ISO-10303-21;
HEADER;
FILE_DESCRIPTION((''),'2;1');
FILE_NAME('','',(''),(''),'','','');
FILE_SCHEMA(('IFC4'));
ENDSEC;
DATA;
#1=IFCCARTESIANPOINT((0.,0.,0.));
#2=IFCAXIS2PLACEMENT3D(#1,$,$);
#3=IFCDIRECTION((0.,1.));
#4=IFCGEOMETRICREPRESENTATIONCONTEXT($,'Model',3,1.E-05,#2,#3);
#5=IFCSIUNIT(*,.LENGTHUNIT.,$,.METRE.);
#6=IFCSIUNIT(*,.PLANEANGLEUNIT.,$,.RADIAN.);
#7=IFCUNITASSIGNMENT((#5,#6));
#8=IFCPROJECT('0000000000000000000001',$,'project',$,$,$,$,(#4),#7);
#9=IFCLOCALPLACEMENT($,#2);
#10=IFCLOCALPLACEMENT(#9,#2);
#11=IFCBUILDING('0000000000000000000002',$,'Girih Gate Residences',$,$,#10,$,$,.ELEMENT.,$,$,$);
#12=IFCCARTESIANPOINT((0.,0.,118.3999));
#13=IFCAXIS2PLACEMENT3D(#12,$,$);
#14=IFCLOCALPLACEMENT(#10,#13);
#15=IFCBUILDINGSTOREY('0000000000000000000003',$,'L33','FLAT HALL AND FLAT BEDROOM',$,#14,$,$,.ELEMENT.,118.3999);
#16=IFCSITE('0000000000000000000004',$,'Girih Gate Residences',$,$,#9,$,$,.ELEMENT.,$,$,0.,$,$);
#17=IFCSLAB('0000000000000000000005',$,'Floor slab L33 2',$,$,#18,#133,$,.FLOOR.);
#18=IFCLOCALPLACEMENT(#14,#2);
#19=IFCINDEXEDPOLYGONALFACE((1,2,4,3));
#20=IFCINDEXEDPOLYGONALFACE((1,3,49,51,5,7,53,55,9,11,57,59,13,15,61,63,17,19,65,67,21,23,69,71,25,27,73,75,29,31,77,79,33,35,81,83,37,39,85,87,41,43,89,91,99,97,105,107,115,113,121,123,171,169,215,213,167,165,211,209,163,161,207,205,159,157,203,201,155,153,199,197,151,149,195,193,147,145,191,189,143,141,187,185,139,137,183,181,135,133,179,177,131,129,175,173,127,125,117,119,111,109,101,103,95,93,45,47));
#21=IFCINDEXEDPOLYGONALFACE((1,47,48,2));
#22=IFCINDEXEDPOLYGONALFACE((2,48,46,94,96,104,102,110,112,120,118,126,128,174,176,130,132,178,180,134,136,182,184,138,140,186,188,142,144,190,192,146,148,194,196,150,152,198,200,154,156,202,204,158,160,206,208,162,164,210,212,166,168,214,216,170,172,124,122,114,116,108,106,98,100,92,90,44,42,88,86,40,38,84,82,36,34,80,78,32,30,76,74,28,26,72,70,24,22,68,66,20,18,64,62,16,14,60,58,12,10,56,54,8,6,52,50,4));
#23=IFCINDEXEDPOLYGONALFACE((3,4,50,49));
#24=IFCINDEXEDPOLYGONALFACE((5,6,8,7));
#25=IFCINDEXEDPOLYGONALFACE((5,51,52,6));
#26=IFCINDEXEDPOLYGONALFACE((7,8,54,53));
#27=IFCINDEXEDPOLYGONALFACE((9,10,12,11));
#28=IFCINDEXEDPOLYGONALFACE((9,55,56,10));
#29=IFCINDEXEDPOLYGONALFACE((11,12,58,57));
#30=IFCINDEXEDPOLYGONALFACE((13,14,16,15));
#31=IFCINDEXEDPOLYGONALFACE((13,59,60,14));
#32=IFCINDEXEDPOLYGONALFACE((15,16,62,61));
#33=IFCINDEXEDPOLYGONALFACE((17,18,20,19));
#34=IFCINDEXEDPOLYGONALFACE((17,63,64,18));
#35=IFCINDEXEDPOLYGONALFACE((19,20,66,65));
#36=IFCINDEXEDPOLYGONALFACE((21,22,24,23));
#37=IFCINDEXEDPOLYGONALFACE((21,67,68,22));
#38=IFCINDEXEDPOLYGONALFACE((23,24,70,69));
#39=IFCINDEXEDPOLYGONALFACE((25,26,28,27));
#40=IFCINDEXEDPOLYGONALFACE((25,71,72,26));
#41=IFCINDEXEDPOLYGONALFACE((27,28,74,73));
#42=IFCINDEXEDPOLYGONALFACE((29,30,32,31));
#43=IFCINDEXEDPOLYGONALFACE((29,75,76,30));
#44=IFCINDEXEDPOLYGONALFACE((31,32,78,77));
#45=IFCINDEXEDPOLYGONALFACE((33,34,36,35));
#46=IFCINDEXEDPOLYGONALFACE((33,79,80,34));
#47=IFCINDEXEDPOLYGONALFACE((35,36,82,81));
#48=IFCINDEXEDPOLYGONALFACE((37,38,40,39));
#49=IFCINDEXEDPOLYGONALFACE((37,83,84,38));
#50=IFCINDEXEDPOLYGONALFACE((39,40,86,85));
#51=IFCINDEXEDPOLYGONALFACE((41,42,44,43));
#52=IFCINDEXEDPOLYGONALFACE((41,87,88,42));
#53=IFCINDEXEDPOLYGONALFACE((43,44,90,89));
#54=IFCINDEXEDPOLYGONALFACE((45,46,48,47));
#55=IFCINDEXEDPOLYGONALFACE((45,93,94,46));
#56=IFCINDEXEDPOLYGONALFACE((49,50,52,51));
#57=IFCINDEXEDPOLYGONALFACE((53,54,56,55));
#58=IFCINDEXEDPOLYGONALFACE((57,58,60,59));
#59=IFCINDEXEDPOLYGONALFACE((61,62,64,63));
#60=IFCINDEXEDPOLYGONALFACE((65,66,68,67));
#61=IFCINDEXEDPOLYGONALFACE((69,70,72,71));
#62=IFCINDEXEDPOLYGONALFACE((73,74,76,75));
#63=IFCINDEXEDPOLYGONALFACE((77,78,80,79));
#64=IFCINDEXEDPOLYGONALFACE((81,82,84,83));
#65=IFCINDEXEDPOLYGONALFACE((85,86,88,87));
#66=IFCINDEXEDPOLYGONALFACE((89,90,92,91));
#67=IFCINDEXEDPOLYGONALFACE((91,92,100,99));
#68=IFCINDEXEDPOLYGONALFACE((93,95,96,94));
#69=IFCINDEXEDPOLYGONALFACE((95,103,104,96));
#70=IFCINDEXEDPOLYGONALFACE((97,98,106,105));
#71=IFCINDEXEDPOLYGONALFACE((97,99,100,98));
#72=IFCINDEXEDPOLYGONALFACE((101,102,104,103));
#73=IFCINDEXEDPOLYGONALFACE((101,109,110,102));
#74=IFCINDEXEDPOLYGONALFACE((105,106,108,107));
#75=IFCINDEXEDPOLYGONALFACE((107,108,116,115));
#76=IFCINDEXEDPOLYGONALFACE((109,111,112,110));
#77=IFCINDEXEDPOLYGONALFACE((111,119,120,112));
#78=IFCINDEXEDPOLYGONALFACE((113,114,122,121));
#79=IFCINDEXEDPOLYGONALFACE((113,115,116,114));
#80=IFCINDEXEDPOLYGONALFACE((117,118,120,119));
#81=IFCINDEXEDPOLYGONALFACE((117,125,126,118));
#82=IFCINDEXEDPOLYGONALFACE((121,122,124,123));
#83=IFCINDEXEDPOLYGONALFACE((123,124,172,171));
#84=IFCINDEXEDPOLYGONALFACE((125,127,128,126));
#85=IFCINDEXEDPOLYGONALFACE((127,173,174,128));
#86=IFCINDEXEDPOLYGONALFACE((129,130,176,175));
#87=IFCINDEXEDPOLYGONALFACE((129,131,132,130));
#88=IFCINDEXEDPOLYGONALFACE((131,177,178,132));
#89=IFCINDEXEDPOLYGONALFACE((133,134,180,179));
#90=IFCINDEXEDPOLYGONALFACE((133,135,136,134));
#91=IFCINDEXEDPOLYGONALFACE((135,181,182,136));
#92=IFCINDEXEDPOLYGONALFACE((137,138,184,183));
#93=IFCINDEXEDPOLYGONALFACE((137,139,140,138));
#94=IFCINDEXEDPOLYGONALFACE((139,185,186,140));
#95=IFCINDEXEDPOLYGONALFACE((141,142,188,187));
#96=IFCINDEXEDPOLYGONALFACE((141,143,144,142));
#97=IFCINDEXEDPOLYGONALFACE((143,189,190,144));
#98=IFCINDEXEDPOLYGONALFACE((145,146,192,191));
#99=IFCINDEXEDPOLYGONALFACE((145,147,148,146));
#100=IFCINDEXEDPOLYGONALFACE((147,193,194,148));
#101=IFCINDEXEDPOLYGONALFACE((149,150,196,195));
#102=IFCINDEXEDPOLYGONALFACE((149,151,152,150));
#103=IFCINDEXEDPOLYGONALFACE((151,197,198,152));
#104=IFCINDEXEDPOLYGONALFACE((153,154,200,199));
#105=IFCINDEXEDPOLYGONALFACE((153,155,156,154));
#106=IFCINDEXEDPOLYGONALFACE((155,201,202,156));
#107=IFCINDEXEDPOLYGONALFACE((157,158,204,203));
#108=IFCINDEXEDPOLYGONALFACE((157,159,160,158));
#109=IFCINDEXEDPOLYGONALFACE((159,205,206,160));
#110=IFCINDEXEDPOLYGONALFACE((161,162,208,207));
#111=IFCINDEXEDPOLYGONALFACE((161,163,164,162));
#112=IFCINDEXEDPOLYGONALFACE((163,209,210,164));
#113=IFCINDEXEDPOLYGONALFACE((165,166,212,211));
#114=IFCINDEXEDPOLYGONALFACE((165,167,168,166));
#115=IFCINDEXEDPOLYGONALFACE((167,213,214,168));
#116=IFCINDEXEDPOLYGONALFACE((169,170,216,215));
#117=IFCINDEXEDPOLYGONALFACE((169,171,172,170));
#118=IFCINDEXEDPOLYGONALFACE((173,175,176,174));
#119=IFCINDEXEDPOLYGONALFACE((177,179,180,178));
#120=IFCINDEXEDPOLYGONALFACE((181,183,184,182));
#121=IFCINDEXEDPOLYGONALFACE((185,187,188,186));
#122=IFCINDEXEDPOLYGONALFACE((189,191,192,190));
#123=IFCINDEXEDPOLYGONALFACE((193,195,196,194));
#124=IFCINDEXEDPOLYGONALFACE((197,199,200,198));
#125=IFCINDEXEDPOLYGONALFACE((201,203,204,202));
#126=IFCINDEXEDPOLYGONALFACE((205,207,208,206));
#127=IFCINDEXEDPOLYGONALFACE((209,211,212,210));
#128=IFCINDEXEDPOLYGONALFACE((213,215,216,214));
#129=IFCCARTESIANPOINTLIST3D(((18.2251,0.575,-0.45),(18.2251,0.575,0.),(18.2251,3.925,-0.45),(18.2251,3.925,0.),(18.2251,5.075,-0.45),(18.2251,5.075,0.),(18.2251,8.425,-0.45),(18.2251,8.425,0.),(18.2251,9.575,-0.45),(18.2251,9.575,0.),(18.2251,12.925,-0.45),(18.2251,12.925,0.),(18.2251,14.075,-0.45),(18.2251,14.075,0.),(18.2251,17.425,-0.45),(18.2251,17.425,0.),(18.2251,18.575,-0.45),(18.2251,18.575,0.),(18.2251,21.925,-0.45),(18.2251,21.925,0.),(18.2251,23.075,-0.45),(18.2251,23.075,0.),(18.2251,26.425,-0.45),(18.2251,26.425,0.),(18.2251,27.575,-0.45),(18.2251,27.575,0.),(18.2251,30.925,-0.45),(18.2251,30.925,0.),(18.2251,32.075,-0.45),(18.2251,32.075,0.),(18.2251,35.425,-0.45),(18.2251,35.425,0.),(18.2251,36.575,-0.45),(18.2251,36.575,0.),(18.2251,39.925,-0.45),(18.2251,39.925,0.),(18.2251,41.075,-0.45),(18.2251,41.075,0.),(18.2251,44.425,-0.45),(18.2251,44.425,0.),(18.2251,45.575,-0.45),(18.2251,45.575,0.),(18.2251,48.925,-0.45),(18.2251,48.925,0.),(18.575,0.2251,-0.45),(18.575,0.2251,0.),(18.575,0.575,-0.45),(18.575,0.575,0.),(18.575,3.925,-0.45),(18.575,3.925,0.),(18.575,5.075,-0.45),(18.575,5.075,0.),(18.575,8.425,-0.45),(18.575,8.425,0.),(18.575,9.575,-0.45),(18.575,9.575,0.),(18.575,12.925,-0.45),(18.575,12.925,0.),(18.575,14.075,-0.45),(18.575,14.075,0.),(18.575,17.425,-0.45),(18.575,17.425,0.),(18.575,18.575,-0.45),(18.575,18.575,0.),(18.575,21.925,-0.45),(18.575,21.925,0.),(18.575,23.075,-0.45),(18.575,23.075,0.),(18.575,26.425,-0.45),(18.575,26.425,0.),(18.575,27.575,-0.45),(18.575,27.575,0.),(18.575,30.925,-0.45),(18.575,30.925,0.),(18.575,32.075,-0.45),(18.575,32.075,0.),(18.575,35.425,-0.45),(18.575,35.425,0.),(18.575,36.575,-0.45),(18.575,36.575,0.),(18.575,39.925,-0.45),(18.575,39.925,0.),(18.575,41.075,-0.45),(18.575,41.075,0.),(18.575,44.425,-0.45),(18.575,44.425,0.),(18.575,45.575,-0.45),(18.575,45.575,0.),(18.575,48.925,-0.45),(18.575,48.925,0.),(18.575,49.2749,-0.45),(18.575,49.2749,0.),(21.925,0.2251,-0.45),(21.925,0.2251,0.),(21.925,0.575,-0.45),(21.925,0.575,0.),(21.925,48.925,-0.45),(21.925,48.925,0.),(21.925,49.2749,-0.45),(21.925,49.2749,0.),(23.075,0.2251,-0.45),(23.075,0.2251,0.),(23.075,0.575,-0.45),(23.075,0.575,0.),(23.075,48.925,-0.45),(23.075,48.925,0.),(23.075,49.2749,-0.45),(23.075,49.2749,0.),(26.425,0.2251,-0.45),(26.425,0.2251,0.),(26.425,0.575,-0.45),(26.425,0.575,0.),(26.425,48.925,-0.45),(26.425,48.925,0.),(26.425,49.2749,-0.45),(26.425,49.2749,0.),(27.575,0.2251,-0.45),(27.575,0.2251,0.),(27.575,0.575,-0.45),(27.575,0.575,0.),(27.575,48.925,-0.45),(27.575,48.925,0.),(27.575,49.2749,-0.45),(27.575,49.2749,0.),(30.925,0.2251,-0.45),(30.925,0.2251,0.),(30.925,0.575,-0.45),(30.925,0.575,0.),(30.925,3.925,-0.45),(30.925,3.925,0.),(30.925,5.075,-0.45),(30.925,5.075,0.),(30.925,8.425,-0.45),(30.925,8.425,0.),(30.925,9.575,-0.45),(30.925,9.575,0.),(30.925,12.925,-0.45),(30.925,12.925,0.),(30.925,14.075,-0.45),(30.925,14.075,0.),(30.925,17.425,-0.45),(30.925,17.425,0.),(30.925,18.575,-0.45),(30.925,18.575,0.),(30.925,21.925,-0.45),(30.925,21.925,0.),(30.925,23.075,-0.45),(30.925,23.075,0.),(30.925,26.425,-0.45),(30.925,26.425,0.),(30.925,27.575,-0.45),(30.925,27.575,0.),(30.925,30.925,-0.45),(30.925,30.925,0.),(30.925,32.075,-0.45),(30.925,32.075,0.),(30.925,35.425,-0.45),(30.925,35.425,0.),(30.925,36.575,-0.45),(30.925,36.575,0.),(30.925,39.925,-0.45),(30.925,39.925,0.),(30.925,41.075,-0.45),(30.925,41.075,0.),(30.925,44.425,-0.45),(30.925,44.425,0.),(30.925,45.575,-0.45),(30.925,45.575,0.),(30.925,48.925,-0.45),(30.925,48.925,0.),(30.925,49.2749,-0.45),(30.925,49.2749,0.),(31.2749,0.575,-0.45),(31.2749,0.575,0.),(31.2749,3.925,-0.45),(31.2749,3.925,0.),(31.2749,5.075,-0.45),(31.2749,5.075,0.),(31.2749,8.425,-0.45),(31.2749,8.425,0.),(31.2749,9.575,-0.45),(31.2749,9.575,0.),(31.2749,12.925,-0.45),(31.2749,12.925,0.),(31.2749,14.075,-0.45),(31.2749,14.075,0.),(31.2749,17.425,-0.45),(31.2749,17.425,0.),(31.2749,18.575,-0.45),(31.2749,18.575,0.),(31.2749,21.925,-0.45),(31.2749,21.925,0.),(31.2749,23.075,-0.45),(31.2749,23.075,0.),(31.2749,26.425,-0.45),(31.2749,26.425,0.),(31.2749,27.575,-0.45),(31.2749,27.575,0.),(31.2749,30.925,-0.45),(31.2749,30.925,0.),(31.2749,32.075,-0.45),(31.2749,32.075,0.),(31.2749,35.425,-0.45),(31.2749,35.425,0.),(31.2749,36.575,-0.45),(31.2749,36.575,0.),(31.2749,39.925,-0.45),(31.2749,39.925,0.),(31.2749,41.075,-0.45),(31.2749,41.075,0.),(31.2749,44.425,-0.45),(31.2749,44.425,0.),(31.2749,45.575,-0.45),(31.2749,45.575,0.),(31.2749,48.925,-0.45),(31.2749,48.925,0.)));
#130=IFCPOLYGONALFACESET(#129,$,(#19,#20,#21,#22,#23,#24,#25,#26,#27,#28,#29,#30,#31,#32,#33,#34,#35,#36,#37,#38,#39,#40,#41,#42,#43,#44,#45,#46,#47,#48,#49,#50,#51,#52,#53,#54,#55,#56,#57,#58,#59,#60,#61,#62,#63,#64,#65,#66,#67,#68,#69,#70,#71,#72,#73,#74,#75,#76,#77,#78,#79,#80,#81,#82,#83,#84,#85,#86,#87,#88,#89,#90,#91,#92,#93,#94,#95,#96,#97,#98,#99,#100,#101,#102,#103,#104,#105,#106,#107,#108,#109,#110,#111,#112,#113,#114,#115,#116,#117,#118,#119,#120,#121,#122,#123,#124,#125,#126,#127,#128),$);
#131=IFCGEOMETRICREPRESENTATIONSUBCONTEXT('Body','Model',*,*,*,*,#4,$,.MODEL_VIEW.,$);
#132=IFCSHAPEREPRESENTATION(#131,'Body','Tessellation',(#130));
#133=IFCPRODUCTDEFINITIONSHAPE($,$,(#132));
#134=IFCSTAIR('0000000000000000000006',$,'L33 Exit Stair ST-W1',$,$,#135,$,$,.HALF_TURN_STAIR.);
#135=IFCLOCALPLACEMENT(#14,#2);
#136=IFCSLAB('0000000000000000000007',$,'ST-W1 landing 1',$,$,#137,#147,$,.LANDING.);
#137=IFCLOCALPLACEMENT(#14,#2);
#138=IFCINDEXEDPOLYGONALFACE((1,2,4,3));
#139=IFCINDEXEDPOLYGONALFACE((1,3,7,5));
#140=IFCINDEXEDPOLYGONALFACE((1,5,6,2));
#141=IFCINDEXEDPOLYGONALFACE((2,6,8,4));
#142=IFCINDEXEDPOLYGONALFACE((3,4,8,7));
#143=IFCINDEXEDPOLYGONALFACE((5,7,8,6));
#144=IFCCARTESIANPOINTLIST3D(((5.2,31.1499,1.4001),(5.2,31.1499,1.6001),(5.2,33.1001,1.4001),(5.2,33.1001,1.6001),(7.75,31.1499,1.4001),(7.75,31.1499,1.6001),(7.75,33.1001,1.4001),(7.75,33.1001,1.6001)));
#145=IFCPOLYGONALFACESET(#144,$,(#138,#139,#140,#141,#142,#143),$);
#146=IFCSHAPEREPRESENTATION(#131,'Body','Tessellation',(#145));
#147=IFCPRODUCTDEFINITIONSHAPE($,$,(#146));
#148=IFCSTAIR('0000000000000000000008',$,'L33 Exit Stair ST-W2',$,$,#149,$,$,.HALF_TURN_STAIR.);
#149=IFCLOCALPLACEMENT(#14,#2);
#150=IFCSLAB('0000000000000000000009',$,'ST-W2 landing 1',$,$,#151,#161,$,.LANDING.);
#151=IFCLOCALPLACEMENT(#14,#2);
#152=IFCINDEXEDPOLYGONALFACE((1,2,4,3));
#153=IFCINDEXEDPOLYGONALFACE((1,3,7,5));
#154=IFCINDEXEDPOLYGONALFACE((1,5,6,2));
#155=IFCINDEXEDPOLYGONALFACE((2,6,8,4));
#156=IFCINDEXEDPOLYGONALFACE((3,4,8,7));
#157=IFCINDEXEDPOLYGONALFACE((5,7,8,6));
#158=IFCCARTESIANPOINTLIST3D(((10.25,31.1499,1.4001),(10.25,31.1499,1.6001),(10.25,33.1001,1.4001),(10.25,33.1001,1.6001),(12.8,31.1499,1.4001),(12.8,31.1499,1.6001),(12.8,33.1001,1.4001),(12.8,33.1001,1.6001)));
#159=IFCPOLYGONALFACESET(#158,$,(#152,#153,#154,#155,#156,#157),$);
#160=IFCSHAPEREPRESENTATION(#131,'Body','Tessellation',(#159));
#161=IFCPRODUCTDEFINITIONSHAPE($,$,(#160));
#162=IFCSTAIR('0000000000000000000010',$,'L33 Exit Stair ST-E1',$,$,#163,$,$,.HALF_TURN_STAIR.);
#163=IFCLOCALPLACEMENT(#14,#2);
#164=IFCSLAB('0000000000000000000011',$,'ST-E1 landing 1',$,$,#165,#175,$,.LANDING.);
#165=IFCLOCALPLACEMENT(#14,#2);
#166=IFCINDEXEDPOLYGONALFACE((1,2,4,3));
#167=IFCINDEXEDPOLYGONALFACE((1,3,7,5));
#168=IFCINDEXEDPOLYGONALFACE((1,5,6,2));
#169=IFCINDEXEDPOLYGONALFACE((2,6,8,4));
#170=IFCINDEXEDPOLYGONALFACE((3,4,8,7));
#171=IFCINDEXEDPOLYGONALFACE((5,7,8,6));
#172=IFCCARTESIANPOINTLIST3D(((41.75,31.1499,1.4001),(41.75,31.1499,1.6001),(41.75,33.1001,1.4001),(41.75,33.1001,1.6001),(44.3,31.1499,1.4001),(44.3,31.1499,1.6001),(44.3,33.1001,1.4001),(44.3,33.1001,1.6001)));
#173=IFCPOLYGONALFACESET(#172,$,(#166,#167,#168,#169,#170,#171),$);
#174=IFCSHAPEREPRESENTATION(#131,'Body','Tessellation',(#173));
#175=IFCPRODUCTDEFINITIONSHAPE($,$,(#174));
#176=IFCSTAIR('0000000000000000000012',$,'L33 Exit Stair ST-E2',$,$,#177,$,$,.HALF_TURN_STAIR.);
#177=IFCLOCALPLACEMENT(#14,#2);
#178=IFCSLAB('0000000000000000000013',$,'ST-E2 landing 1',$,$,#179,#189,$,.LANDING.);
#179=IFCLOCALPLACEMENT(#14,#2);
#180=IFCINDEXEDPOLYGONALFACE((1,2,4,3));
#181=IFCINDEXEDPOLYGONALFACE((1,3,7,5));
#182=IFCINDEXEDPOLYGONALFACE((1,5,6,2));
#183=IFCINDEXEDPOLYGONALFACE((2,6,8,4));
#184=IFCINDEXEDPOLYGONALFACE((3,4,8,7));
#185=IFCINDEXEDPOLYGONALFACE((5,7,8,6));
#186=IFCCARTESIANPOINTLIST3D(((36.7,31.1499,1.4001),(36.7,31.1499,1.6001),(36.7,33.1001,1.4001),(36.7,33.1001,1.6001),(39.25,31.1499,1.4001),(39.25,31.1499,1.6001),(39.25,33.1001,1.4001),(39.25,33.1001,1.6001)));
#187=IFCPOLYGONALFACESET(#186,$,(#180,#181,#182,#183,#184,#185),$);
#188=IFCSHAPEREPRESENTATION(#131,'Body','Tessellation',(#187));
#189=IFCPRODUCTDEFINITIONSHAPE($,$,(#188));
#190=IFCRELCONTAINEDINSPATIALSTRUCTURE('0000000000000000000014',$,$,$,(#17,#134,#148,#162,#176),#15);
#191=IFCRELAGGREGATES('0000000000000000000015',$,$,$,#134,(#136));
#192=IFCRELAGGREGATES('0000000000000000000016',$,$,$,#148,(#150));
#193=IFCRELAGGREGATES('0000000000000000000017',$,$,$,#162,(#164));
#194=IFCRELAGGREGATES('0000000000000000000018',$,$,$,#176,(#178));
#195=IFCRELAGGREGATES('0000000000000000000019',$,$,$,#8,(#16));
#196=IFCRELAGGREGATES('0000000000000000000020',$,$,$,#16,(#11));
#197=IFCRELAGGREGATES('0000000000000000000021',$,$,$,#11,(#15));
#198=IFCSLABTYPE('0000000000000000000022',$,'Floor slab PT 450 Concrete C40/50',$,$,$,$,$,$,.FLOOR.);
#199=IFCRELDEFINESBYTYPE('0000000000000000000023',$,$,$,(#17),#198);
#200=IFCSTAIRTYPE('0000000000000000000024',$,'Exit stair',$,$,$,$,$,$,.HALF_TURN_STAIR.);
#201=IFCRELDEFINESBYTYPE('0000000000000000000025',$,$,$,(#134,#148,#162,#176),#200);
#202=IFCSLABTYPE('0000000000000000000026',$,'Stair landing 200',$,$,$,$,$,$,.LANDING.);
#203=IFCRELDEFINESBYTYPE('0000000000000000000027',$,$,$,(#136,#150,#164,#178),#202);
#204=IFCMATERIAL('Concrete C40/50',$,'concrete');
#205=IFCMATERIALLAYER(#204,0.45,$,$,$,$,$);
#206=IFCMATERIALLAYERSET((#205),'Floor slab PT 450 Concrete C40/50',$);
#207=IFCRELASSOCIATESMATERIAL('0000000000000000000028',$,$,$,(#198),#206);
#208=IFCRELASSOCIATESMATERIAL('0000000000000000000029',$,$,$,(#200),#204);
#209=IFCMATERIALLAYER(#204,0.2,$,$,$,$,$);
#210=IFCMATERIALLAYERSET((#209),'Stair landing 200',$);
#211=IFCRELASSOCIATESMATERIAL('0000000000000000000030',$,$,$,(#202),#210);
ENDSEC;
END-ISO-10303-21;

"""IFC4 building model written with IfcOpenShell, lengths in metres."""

from ifc_helpers import new_model, si_unit, direction, frame, origin, place, context, subcontext, project, spatial, polyline, outline, extrude, material, layer, layer_set, type_object, element, aggregate, save


model = new_model("IFC4")

# Units and contexts
model_context = context("Model", 3, precision=1e-05, world=origin(), true_north=direction((0.0, 1.0)))
body_context = subcontext(model_context, "Body", "Model", "MODEL_VIEW")
ifc_project = project(units=[si_unit("LENGTHUNIT", "METRE"), si_unit("PLANEANGLEUNIT", "RADIAN")], contexts=[model_context])

# Site, building, storey
site_placement = place(None, origin())
site = spatial("IfcSite", under=ifc_project, at=site_placement, Name="Girih Gate Residences", CompositionType="ELEMENT", RefElevation=0.0)
building_placement = place(site_placement, origin())
building = spatial("IfcBuilding", under=site, at=building_placement, Name="Girih Gate Residences", CompositionType="ELEMENT")
storey_placement = place(building_placement, frame((0.0, 0.0, 118.3999)))
storey = spatial("IfcBuildingStorey", under=building, at=storey_placement, Name="L33", Description="FLAT HALL AND FLAT BEDROOM", CompositionType="ELEMENT", Elevation=118.3999)

# Slab
ifc_material_1 = material(Name="Concrete C40/50", Category="concrete")
ifc_layer_1 = layer(ifc_material_1, 0.45)
ifc_layer_set_1 = layer_set([ifc_layer_1], Name="Floor slab PT 450 Concrete C40/50")
slab_type_1 = type_object("IfcSlabType", Name="Floor slab PT 450 Concrete C40/50", PredefinedType="FLOOR", material=ifc_layer_set_1)
slab_1_placement = place(storey_placement, frame((0.0, 0.0, -0.45)))
element("IfcSlab", 1, at=slab_1_placement, inside=storey, type_object=slab_type_1, Name="Floor slab L33 2", PredefinedType="FLOOR", context=body_context, shape_type="SweptSolid", body=[
    extrude(outline(polyline([(21.925, 49.2749), (18.575, 49.2749), (18.575, 48.925), (18.2251, 48.925), (18.2251, 45.575), (18.575, 45.575), (18.575, 44.425), (18.2251, 44.425), (18.2251, 41.075), (18.575, 41.075), (18.575, 39.925), (18.2251, 39.925), (18.2251, 36.575), (18.575, 36.575), (18.575, 35.425), (18.2251, 35.425), (18.2251, 32.075), (18.575, 32.075), (18.575, 30.925), (18.2251, 30.925), (18.2251, 27.575), (18.575, 27.575), (18.575, 26.425), (18.2251, 26.425), (18.2251, 23.075), (18.575, 23.075), (18.575, 21.925), (18.2251, 21.925), (18.2251, 18.575), (18.575, 18.575), (18.575, 17.425), (18.2251, 17.425), (18.2251, 14.075), (18.575, 14.075), (18.575, 12.925), (18.2251, 12.925), (18.2251, 9.575), (18.575, 9.575), (18.575, 8.425), (18.2251, 8.425), (18.2251, 5.075), (18.575, 5.075), (18.575, 3.925), (18.2251, 3.925), (18.2251, 0.575), (18.575, 0.575), (18.575, 0.2251), (21.925, 0.2251), (21.925, 0.575), (23.075, 0.575), (23.075, 0.2251), (26.425, 0.2251), (26.425, 0.575), (27.575, 0.575), (27.575, 0.2251), (30.925, 0.2251), (30.925, 0.575), (31.2749, 0.575), (31.2749, 3.925), (30.925, 3.925), (30.925, 5.075), (31.2749, 5.075), (31.2749, 8.425), (30.925, 8.425), (30.925, 9.575), (31.2749, 9.575), (31.2749, 12.925), (30.925, 12.925), (30.925, 14.075), (31.2749, 14.075), (31.2749, 17.425), (30.925, 17.425), (30.925, 18.575), (31.2749, 18.575), (31.2749, 21.925), (30.925, 21.925), (30.925, 23.075), (31.2749, 23.075), (31.2749, 26.425), (30.925, 26.425), (30.925, 27.575), (31.2749, 27.575), (31.2749, 30.925), (30.925, 30.925), (30.925, 32.075), (31.2749, 32.075), (31.2749, 35.425), (30.925, 35.425), (30.925, 36.575), (31.2749, 36.575), (31.2749, 39.925), (30.925, 39.925), (30.925, 41.075), (31.2749, 41.075), (31.2749, 44.425), (30.925, 44.425), (30.925, 45.575), (31.2749, 45.575), (31.2749, 48.925), (30.925, 48.925), (30.925, 49.2749), (27.575, 49.2749), (27.575, 48.925), (26.425, 48.925), (26.425, 49.2749), (23.075, 49.2749), (23.075, 48.925), (21.925, 48.925), (21.925, 49.2749)])), origin(), (0.0, 0.0, 1.0), 0.45),
])

# Stairs, slabs
stair_type = type_object("IfcStairType", Name="Exit stair", PredefinedType="HALF_TURN_STAIR", material=ifc_material_1)
stair_1_placement = place(storey_placement, origin())
stair_1 = element("IfcStair", 2, at=stair_1_placement, inside=storey, type_object=stair_type, Name="L33 Exit Stair ST-W1", PredefinedType="HALF_TURN_STAIR")
ifc_layer_2 = layer(ifc_material_1, 0.2)
ifc_layer_set_2 = layer_set([ifc_layer_2], Name="Stair landing 200")
slab_type_2 = type_object("IfcSlabType", Name="Stair landing 200", PredefinedType="LANDING", material=ifc_layer_set_2)
slab_2_placement = place(storey_placement, frame((0.0, 0.0, 1.4001)))
slab_2 = element("IfcSlab", 3, at=slab_2_placement, type_object=slab_type_2, Name="ST-W1 landing 1", PredefinedType="LANDING", context=body_context, shape_type="SweptSolid", body=[
    extrude(outline(polyline([(7.75, 31.1499), (7.75, 33.1001), (5.2, 33.1001), (5.2, 31.1499), (7.75, 31.1499)])), origin(), (0.0, 0.0, 1.0), 0.2),
])
aggregate(stair_1, [slab_2])
stair_2_placement = place(storey_placement, origin())
stair_2 = element("IfcStair", 4, at=stair_2_placement, inside=storey, type_object=stair_type, Name="L33 Exit Stair ST-W2", PredefinedType="HALF_TURN_STAIR")
slab_3_placement = place(storey_placement, frame((0.0, 0.0, 1.4001)))
slab_3 = element("IfcSlab", 5, at=slab_3_placement, type_object=slab_type_2, Name="ST-W2 landing 1", PredefinedType="LANDING", context=body_context, shape_type="SweptSolid", body=[
    extrude(outline(polyline([(12.8, 31.1499), (12.8, 33.1001), (10.25, 33.1001), (10.25, 31.1499), (12.8, 31.1499)])), origin(), (0.0, 0.0, 1.0), 0.2),
])
aggregate(stair_2, [slab_3])
stair_3_placement = place(storey_placement, origin())
stair_3 = element("IfcStair", 6, at=stair_3_placement, inside=storey, type_object=stair_type, Name="L33 Exit Stair ST-E1", PredefinedType="HALF_TURN_STAIR")
slab_4_placement = place(storey_placement, frame((0.0, 0.0, 1.4001)))
slab_4 = element("IfcSlab", 7, at=slab_4_placement, type_object=slab_type_2, Name="ST-E1 landing 1", PredefinedType="LANDING", context=body_context, shape_type="SweptSolid", body=[
    extrude(outline(polyline([(44.3, 31.1499), (44.3, 33.1001), (41.75, 33.1001), (41.75, 31.1499), (44.3, 31.1499)])), origin(), (0.0, 0.0, 1.0), 0.2),
])
aggregate(stair_3, [slab_4])
stair_4_placement = place(storey_placement, origin())
stair_4 = element("IfcStair", 8, at=stair_4_placement, inside=storey, type_object=stair_type, Name="L33 Exit Stair ST-E2", PredefinedType="HALF_TURN_STAIR")
slab_5_placement = place(storey_placement, frame((0.0, 0.0, 1.4001)))
slab_5 = element("IfcSlab", 9, at=slab_5_placement, type_object=slab_type_2, Name="ST-E2 landing 1", PredefinedType="LANDING", context=body_context, shape_type="SweptSolid", body=[
    extrude(outline(polyline([(39.25, 31.1499), (39.25, 33.1001), (36.7, 33.1001), (36.7, 31.1499), (39.25, 31.1499)])), origin(), (0.0, 0.0, 1.0), 0.2),
])
aggregate(stair_4, [slab_5])

save(model, "model.ifc")
